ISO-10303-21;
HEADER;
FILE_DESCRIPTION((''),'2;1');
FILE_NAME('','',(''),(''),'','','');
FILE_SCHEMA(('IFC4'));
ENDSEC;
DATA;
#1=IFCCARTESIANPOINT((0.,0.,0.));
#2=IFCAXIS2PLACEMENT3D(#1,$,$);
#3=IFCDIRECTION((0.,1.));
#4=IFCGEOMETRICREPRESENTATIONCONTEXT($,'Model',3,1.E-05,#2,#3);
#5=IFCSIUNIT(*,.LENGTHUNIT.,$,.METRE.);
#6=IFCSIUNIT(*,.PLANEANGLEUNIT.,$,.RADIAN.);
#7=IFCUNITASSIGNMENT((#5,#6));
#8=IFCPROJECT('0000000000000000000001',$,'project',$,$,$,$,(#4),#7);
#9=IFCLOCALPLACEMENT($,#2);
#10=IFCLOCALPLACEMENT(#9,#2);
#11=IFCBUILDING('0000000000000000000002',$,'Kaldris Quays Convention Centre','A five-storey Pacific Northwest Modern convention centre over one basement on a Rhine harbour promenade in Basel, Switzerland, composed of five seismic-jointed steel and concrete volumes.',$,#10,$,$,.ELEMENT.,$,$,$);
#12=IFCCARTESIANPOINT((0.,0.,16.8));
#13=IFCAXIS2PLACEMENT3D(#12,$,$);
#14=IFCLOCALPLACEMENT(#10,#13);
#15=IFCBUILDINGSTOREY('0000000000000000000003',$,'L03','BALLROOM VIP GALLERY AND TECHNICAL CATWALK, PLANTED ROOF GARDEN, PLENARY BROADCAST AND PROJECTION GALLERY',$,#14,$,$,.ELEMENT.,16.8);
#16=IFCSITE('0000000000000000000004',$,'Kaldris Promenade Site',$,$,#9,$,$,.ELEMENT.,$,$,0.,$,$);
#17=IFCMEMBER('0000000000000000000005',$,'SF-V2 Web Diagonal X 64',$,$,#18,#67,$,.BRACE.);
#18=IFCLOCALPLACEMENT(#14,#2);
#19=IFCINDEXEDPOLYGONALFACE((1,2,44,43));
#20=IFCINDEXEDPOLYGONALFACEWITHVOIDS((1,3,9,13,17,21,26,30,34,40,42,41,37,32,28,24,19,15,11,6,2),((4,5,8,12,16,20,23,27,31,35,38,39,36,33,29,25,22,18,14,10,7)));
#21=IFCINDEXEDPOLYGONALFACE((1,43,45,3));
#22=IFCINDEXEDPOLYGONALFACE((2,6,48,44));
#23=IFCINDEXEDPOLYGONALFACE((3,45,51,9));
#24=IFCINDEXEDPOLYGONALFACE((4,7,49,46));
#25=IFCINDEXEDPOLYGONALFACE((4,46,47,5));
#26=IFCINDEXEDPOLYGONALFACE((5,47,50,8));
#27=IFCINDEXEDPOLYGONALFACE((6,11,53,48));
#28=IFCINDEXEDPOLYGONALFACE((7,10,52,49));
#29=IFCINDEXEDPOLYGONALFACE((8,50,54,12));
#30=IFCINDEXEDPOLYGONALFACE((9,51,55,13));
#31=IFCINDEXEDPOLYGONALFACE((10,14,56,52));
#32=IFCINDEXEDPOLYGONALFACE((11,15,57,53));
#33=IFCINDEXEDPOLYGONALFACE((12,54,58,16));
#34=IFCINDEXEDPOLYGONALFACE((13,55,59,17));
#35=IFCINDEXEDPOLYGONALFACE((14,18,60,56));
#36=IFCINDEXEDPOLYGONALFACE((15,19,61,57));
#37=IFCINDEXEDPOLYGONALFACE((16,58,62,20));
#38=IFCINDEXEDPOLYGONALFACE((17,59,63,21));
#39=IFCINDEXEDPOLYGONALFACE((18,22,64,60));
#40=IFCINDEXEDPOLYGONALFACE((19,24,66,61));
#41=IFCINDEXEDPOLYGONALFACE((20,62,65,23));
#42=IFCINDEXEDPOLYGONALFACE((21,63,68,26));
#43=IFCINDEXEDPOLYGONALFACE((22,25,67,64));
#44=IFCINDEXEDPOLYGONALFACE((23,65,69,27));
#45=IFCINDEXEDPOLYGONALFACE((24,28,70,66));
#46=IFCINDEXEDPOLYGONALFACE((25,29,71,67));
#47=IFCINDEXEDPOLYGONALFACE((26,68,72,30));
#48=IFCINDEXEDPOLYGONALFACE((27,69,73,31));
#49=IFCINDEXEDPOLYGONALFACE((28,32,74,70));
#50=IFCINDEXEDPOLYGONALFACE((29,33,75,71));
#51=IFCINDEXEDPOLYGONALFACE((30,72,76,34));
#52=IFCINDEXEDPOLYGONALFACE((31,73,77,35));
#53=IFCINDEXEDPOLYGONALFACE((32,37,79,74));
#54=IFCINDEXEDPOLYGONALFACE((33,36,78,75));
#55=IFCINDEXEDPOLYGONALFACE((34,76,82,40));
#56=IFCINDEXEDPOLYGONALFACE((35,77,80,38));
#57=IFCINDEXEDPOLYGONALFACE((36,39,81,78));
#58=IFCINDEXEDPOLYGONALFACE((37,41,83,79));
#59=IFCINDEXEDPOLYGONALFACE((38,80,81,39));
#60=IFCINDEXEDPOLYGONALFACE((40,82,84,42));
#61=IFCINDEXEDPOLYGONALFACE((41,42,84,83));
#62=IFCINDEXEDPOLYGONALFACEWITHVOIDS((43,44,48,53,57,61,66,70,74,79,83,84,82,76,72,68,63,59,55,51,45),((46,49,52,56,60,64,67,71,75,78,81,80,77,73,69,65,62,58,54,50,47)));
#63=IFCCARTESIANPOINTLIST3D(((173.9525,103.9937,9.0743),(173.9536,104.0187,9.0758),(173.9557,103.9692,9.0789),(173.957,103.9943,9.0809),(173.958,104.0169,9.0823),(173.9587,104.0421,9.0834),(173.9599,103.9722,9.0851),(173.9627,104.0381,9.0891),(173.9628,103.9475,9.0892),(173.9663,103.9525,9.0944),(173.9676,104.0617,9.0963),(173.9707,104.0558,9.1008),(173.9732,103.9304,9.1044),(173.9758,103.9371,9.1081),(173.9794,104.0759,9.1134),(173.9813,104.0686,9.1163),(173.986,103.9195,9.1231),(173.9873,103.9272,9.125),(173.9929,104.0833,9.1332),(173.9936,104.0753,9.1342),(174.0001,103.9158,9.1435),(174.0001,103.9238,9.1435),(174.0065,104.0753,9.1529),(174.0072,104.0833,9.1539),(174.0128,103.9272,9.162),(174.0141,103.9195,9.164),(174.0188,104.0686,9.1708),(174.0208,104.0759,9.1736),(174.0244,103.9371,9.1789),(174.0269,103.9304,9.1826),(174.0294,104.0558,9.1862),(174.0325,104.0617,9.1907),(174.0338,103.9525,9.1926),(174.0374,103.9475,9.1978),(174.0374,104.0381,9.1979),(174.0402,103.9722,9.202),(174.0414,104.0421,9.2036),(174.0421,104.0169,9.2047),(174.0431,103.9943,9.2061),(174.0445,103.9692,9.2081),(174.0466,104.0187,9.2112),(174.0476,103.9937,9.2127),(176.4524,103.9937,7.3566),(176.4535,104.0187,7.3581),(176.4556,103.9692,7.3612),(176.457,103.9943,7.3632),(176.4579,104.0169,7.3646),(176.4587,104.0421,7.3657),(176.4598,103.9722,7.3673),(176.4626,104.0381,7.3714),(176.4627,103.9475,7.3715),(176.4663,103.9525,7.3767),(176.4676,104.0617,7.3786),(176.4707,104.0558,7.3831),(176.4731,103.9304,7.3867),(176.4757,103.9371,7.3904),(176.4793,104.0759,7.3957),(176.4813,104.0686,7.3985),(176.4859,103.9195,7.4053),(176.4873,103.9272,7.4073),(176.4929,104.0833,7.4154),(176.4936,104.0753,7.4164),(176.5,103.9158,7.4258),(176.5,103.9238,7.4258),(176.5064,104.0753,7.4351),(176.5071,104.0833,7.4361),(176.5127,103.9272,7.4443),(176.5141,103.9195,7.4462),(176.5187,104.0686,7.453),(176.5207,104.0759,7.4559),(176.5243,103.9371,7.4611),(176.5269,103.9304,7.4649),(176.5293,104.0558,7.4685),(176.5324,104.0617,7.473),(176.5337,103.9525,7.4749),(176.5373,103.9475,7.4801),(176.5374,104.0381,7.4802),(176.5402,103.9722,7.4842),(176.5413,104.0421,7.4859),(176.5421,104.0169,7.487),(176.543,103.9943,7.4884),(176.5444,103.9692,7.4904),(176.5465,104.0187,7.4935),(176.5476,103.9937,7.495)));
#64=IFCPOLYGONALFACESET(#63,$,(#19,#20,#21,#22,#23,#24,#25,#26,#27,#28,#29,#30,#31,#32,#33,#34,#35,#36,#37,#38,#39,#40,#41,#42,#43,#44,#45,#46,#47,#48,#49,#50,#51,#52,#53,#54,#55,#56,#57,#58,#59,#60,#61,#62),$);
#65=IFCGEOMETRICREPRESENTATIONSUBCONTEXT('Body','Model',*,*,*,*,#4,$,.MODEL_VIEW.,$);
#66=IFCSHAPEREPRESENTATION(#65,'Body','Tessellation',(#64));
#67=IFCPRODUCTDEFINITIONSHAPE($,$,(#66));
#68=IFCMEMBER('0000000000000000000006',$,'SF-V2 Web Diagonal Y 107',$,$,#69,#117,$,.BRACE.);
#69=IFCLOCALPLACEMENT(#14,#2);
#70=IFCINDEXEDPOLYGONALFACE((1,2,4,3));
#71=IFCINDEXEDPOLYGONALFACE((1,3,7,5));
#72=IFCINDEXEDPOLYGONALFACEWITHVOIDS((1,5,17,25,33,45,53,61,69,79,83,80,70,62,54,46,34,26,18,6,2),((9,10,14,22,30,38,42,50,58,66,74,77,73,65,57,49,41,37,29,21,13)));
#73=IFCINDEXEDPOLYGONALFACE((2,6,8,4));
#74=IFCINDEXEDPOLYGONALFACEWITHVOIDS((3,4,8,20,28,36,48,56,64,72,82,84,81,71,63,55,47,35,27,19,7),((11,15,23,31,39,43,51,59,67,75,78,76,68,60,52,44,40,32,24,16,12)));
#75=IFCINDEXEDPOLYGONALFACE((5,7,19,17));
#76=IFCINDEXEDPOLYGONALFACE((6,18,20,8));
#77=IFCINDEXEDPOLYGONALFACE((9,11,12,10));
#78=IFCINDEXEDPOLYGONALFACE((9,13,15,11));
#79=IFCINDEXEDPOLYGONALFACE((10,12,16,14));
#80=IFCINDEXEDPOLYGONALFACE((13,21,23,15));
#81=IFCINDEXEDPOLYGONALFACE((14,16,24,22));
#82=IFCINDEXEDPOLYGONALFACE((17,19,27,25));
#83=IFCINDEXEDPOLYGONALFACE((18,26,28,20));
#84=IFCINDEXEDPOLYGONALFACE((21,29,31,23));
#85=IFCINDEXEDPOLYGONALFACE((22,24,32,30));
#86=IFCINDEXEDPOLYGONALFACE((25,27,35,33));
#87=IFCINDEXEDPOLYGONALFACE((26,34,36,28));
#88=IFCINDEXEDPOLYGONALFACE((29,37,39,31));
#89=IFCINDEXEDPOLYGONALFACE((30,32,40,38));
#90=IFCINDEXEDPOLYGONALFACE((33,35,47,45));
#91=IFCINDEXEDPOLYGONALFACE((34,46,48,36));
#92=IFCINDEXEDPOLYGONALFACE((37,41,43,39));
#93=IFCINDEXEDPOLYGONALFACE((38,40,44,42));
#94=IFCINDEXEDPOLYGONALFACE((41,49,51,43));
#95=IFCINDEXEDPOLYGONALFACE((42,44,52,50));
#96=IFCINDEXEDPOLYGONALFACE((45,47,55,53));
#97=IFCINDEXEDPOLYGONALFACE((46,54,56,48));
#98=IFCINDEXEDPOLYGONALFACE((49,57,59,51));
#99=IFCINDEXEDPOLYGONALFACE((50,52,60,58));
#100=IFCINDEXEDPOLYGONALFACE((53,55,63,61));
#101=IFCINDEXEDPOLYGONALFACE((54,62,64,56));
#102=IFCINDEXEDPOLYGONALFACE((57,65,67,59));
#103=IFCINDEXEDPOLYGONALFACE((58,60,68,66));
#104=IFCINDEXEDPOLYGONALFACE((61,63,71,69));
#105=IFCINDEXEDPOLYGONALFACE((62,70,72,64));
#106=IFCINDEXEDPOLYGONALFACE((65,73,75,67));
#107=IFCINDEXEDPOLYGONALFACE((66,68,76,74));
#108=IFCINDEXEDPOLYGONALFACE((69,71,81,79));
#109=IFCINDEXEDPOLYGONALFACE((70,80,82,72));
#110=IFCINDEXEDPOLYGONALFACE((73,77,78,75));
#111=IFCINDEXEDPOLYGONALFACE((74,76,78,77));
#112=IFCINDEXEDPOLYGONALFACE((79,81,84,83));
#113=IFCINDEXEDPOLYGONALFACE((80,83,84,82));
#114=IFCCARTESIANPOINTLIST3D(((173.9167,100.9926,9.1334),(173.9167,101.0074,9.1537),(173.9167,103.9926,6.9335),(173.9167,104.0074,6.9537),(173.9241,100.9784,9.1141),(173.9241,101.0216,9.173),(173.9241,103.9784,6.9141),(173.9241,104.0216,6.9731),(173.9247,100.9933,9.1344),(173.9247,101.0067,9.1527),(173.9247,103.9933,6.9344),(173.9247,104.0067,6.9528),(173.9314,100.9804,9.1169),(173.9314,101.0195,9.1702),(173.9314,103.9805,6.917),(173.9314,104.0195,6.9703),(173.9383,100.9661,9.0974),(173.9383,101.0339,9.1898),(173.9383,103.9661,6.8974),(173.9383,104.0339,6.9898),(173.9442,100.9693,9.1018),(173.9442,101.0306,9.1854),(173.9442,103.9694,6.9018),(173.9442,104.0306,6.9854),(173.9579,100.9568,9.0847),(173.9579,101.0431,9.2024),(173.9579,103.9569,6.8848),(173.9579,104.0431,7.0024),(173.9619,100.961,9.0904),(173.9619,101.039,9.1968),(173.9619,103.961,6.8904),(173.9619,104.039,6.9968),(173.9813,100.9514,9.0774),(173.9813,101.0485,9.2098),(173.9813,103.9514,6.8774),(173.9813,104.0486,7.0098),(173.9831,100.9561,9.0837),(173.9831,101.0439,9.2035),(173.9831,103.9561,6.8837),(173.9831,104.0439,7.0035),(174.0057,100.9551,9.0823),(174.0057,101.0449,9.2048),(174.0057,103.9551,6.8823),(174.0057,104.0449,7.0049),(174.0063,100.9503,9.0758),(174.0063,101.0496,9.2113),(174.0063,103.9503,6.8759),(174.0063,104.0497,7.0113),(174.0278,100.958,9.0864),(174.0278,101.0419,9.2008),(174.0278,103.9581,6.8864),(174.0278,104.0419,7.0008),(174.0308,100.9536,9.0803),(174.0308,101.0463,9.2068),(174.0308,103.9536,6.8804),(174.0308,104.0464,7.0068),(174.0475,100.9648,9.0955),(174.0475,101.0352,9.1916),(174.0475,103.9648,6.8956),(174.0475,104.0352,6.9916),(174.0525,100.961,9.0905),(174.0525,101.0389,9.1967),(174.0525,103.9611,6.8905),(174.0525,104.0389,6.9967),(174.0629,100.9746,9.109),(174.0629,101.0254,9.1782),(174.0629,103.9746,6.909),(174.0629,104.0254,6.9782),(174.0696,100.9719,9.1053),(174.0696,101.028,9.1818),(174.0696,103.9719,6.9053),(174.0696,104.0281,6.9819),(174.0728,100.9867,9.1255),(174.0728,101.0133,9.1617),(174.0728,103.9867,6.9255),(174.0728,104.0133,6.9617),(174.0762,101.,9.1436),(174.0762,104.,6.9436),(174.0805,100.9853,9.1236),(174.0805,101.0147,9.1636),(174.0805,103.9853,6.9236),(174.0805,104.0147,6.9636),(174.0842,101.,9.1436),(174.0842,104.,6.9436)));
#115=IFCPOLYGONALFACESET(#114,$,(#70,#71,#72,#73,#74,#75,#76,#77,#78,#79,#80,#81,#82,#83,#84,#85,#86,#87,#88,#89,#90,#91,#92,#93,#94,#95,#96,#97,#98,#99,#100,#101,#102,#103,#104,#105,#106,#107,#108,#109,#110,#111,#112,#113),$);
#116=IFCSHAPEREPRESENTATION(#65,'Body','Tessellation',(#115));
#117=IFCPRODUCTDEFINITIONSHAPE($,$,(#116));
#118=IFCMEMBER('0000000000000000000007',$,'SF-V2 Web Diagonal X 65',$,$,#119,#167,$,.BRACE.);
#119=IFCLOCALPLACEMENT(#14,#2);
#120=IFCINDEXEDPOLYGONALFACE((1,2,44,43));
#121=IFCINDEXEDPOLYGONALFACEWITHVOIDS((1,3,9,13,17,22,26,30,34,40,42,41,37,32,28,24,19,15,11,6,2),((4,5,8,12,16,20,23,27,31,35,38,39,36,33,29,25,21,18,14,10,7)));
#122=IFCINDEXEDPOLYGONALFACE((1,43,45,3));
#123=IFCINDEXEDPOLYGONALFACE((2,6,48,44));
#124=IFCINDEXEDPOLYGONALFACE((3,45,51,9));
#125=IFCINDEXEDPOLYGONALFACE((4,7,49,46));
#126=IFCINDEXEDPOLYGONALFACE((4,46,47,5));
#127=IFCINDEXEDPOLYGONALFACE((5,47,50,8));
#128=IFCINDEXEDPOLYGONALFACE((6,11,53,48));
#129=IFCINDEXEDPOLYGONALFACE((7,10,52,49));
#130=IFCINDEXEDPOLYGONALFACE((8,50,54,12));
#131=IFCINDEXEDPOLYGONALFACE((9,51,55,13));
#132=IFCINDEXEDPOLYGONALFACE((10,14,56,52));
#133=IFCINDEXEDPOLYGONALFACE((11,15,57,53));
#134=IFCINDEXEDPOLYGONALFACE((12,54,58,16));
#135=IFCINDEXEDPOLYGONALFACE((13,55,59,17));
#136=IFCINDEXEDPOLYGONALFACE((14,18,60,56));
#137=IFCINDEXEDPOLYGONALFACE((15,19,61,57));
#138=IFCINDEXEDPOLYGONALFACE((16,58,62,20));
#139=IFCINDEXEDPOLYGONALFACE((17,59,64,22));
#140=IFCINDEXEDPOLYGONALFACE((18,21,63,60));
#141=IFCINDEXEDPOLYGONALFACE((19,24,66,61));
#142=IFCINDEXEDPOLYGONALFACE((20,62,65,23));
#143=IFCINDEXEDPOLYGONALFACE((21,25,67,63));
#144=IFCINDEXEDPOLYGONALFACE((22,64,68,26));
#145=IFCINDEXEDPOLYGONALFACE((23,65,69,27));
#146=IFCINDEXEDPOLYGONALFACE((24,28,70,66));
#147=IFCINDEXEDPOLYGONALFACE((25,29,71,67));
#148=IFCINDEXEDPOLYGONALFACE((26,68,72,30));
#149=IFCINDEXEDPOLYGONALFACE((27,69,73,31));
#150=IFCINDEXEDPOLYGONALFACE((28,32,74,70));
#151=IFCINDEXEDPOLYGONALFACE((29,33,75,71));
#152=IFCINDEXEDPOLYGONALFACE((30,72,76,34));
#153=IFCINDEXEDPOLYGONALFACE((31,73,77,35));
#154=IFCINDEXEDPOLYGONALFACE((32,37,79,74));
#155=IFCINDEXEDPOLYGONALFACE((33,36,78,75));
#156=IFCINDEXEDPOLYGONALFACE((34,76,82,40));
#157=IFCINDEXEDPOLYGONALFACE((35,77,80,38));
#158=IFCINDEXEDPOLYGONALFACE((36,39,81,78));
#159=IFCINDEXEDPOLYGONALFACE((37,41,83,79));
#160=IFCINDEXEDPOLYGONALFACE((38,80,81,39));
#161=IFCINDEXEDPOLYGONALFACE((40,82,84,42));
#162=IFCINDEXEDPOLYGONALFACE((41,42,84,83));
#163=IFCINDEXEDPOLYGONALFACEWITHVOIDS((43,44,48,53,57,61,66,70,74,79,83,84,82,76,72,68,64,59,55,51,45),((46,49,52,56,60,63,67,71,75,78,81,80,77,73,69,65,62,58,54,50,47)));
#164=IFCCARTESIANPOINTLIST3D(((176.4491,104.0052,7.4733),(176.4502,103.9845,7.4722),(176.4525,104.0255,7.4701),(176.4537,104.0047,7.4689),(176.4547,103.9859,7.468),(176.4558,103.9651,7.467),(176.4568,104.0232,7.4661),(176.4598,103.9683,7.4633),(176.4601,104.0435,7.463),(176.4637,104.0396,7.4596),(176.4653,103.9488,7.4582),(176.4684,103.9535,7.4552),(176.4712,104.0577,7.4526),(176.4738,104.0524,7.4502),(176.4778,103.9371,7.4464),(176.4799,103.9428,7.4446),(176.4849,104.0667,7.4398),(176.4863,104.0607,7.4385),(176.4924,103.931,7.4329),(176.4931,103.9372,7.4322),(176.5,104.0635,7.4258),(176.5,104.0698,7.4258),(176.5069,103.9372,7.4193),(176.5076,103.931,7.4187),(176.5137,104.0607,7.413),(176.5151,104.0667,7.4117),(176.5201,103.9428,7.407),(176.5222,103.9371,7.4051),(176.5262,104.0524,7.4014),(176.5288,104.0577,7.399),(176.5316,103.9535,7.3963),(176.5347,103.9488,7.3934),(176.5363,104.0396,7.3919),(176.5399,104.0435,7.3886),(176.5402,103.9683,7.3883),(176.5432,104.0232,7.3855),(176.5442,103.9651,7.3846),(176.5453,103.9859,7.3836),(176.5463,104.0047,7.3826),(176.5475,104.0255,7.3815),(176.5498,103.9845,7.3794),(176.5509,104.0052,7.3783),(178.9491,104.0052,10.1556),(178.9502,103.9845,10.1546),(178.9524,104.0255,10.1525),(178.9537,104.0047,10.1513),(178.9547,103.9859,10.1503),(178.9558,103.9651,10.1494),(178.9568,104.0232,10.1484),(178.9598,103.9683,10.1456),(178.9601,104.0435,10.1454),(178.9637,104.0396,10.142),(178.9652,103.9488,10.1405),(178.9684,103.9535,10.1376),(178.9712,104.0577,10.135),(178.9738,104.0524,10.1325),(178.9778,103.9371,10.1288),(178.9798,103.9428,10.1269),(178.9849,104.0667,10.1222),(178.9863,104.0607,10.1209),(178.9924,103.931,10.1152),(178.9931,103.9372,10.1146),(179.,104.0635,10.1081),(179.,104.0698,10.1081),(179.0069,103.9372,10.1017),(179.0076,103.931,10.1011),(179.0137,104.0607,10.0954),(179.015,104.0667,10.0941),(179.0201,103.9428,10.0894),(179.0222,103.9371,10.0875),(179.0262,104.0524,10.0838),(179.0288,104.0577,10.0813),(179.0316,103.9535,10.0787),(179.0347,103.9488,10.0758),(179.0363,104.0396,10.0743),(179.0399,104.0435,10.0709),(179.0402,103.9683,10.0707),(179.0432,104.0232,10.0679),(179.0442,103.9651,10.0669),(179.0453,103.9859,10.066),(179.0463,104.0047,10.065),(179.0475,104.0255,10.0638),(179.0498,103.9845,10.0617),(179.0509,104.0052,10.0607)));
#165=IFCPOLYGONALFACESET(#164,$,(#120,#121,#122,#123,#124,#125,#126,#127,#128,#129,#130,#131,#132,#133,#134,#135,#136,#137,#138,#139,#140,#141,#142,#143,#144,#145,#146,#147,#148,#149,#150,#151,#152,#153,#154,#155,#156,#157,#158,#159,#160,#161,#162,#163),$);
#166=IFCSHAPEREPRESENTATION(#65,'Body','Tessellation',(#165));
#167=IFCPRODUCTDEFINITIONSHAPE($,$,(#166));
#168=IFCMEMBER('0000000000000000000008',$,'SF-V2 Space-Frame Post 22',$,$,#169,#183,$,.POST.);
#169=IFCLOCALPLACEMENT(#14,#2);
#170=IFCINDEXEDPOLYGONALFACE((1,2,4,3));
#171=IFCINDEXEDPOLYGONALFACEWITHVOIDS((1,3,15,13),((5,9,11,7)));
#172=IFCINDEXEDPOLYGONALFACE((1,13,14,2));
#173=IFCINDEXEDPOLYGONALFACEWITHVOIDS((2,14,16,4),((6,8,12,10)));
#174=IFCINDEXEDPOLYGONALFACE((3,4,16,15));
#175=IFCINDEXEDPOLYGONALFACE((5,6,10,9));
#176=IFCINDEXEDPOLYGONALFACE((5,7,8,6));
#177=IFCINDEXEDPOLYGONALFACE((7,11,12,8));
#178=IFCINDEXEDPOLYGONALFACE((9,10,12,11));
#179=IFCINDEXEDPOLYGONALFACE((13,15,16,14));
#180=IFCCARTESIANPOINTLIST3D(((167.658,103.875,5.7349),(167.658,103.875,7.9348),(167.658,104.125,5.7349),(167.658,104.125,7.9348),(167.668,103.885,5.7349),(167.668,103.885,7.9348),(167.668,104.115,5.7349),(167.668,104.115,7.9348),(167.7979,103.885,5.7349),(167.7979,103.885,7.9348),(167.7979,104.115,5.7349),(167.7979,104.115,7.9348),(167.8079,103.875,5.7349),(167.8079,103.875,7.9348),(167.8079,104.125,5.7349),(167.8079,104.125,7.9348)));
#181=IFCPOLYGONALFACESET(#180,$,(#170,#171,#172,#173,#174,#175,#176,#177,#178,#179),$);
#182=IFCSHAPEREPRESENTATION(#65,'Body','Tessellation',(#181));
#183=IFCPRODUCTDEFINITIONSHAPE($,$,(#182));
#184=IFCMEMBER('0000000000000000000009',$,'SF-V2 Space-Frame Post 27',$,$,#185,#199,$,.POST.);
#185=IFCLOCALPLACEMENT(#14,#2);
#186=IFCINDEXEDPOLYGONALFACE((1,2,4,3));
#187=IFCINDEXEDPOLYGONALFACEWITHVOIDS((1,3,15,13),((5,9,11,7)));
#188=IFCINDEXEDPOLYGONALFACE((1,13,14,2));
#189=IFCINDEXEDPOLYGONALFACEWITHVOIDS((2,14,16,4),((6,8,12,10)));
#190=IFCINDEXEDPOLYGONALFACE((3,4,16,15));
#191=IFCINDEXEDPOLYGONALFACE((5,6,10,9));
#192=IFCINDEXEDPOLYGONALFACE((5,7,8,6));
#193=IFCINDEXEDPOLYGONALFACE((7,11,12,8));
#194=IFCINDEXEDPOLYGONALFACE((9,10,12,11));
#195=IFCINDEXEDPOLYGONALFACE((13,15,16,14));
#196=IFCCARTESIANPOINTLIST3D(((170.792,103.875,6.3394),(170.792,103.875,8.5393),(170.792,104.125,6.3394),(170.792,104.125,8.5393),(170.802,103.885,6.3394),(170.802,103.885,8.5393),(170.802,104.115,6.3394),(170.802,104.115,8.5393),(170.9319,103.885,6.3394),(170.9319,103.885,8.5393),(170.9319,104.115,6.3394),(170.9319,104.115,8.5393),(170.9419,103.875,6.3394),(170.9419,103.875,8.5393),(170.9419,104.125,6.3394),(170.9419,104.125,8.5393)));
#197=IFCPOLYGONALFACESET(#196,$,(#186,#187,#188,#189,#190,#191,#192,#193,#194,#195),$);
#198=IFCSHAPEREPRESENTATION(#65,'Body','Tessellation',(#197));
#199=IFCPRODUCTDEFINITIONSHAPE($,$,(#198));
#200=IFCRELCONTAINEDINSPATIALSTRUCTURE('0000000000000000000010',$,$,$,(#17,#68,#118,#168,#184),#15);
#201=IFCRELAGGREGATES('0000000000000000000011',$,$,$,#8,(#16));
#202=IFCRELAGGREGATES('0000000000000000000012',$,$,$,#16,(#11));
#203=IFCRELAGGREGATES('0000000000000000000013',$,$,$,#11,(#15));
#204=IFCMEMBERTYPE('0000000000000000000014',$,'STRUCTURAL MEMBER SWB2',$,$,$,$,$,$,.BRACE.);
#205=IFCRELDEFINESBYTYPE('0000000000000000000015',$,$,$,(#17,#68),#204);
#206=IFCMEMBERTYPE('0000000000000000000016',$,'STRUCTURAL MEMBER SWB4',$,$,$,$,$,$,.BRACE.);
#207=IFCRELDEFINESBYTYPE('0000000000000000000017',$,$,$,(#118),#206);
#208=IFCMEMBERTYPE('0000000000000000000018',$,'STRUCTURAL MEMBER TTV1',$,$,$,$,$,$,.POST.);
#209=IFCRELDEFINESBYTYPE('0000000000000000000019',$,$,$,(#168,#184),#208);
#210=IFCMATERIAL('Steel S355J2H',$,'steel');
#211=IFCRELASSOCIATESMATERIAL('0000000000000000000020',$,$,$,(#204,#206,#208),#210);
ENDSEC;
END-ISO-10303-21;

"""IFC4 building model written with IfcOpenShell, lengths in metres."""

from ifc_helpers import new_model, si_unit, direction, frame, origin, origin_2d, place, context, subcontext, project, spatial, hollow_rectangle, hollow_circle, extrude, material, material_profile, profile_set, type_object, element, save


model = new_model("IFC4")

# Units and contexts
model_context = context("Model", 3, precision=1e-05, world=origin(), true_north=direction((0.0, 1.0)))
body_context = subcontext(model_context, "Body", "Model", "MODEL_VIEW")
ifc_project = project(units=[si_unit("LENGTHUNIT", "METRE"), si_unit("PLANEANGLEUNIT", "RADIAN")], contexts=[model_context])

# Site, building, storey
site_placement = place(None, origin())
site = spatial("IfcSite", under=ifc_project, at=site_placement, Name="Kaldris Promenade Site", CompositionType="ELEMENT", RefElevation=0.0)
building_placement = place(site_placement, origin())
building = spatial("IfcBuilding", under=site, at=building_placement, Name="Kaldris Quays Convention Centre", Description="A five-storey Pacific Northwest Modern convention centre over one basement on a Rhine harbour promenade in Basel, Switzerland, composed of five seismic-jointed steel and concrete volumes.", CompositionType="ELEMENT")
storey_placement = place(building_placement, frame((0.0, 0.0, 16.8)))
storey = spatial("IfcBuildingStorey", under=building, at=storey_placement, Name="L03", Description="BALLROOM VIP GALLERY AND TECHNICAL CATWALK, PLANTED ROOF GARDEN, PLENARY BROADCAST AND PROJECTION GALLERY", CompositionType="ELEMENT", Elevation=16.8)

# Members
ifc_material_1 = material(Name="Steel S355J2H", Category="steel")
ifc_material_profile_1 = material_profile(ifc_material_1, hollow_circle(Radius=0.0842, WallThickness=0.0081, at=origin_2d()), Name="CHS 168.3x8")
ifc_profile_set_1 = profile_set([ifc_material_profile_1], Name="Steel S355J2H")
member_type_1 = type_object("IfcMemberType", Name="STRUCTURAL MEMBER SWB2", PredefinedType="BRACE", material=ifc_profile_set_1)
member_1_placement = place(storey_placement, frame((176.5, 104.0, 7.4258), z_axis=(-0.824192, 0.0, 0.56631), x_axis=(0.0, -1.0, 0.0)))
element("IfcMember", 1, at=member_1_placement, inside=storey, type_object=member_type_1, Name="SF-V2 Web Diagonal X 64", PredefinedType="BRACE", context=body_context, shape_type="SweptSolid", body=[
    extrude(hollow_circle(Radius=0.0842, WallThickness=0.0081, at=origin_2d()), origin(), (0.0, 0.0, 1.0), 3.0332),
])
member_2_placement = place(storey_placement, frame((174.0, 104.0, 6.9436), z_axis=(0.0, -0.806411, 0.591355), x_axis=(1.0, 0.0, 0.0)))
element("IfcMember", 2, at=member_2_placement, inside=storey, type_object=member_type_1, Name="SF-V2 Web Diagonal Y 107", PredefinedType="BRACE", context=body_context, shape_type="SweptSolid", body=[
    extrude(hollow_circle(Radius=0.0842, WallThickness=0.0081, at=origin_2d()), origin(), (0.0, 0.0, 1.0), 3.7202),
])
ifc_material_profile_2 = material_profile(ifc_material_1, hollow_circle(Radius=0.0698, WallThickness=0.0063, at=origin_2d()), Name="CHS 139.7x6.3")
ifc_profile_set_2 = profile_set([ifc_material_profile_2], Name="Steel S355J2H")
member_type_2 = type_object("IfcMemberType", Name="STRUCTURAL MEMBER SWB4", PredefinedType="BRACE", material=ifc_profile_set_2)
member_3_placement = place(storey_placement, frame((176.5, 104.0, 7.4258), z_axis=(0.681801, 0.0, 0.731538), x_axis=(0.0, 1.0, 0.0)))
element("IfcMember", 3, at=member_3_placement, inside=storey, type_object=member_type_2, Name="SF-V2 Web Diagonal X 65", PredefinedType="BRACE", context=body_context, shape_type="SweptSolid", body=[
    extrude(hollow_circle(Radius=0.0698, WallThickness=0.0063, at=origin_2d()), origin(), (0.0, 0.0, 1.0), 3.6667),
])
ifc_material_profile_3 = material_profile(ifc_material_1, hollow_rectangle(XDim=0.1499, YDim=0.25, WallThickness=0.01, at=origin_2d()), Name="RHS 250x150x10")
ifc_profile_set_3 = profile_set([ifc_material_profile_3], Name="Steel S355J2H")
member_type_3 = type_object("IfcMemberType", Name="STRUCTURAL MEMBER TTV1", PredefinedType="POST", material=ifc_profile_set_3)
for number, where, z_axis, x_axis, name in (
    (4, (167.7329, 104.0, 5.7349), (0.0, 0.0, 1.0), (1.0, 0.0, 0.0), "SF-V2 Space-Frame Post 22"),
    (5, (170.8669, 104.0, 6.3394), (0.0, 0.0, 1.0), (1.0, 0.0, 0.0), "SF-V2 Space-Frame Post 27"),
):
    element("IfcMember", number, at=place(storey_placement, frame(where, z_axis=z_axis, x_axis=x_axis)), inside=storey, type_object=member_type_3, Name=name, PredefinedType="POST", context=body_context, shape_type="SweptSolid", body=[
        extrude(hollow_rectangle(XDim=0.1499, YDim=0.25, WallThickness=0.01, at=origin_2d()), origin(), (0.0, 0.0, 1.0), 2.2),
    ])

save(model, "model.ifc")
